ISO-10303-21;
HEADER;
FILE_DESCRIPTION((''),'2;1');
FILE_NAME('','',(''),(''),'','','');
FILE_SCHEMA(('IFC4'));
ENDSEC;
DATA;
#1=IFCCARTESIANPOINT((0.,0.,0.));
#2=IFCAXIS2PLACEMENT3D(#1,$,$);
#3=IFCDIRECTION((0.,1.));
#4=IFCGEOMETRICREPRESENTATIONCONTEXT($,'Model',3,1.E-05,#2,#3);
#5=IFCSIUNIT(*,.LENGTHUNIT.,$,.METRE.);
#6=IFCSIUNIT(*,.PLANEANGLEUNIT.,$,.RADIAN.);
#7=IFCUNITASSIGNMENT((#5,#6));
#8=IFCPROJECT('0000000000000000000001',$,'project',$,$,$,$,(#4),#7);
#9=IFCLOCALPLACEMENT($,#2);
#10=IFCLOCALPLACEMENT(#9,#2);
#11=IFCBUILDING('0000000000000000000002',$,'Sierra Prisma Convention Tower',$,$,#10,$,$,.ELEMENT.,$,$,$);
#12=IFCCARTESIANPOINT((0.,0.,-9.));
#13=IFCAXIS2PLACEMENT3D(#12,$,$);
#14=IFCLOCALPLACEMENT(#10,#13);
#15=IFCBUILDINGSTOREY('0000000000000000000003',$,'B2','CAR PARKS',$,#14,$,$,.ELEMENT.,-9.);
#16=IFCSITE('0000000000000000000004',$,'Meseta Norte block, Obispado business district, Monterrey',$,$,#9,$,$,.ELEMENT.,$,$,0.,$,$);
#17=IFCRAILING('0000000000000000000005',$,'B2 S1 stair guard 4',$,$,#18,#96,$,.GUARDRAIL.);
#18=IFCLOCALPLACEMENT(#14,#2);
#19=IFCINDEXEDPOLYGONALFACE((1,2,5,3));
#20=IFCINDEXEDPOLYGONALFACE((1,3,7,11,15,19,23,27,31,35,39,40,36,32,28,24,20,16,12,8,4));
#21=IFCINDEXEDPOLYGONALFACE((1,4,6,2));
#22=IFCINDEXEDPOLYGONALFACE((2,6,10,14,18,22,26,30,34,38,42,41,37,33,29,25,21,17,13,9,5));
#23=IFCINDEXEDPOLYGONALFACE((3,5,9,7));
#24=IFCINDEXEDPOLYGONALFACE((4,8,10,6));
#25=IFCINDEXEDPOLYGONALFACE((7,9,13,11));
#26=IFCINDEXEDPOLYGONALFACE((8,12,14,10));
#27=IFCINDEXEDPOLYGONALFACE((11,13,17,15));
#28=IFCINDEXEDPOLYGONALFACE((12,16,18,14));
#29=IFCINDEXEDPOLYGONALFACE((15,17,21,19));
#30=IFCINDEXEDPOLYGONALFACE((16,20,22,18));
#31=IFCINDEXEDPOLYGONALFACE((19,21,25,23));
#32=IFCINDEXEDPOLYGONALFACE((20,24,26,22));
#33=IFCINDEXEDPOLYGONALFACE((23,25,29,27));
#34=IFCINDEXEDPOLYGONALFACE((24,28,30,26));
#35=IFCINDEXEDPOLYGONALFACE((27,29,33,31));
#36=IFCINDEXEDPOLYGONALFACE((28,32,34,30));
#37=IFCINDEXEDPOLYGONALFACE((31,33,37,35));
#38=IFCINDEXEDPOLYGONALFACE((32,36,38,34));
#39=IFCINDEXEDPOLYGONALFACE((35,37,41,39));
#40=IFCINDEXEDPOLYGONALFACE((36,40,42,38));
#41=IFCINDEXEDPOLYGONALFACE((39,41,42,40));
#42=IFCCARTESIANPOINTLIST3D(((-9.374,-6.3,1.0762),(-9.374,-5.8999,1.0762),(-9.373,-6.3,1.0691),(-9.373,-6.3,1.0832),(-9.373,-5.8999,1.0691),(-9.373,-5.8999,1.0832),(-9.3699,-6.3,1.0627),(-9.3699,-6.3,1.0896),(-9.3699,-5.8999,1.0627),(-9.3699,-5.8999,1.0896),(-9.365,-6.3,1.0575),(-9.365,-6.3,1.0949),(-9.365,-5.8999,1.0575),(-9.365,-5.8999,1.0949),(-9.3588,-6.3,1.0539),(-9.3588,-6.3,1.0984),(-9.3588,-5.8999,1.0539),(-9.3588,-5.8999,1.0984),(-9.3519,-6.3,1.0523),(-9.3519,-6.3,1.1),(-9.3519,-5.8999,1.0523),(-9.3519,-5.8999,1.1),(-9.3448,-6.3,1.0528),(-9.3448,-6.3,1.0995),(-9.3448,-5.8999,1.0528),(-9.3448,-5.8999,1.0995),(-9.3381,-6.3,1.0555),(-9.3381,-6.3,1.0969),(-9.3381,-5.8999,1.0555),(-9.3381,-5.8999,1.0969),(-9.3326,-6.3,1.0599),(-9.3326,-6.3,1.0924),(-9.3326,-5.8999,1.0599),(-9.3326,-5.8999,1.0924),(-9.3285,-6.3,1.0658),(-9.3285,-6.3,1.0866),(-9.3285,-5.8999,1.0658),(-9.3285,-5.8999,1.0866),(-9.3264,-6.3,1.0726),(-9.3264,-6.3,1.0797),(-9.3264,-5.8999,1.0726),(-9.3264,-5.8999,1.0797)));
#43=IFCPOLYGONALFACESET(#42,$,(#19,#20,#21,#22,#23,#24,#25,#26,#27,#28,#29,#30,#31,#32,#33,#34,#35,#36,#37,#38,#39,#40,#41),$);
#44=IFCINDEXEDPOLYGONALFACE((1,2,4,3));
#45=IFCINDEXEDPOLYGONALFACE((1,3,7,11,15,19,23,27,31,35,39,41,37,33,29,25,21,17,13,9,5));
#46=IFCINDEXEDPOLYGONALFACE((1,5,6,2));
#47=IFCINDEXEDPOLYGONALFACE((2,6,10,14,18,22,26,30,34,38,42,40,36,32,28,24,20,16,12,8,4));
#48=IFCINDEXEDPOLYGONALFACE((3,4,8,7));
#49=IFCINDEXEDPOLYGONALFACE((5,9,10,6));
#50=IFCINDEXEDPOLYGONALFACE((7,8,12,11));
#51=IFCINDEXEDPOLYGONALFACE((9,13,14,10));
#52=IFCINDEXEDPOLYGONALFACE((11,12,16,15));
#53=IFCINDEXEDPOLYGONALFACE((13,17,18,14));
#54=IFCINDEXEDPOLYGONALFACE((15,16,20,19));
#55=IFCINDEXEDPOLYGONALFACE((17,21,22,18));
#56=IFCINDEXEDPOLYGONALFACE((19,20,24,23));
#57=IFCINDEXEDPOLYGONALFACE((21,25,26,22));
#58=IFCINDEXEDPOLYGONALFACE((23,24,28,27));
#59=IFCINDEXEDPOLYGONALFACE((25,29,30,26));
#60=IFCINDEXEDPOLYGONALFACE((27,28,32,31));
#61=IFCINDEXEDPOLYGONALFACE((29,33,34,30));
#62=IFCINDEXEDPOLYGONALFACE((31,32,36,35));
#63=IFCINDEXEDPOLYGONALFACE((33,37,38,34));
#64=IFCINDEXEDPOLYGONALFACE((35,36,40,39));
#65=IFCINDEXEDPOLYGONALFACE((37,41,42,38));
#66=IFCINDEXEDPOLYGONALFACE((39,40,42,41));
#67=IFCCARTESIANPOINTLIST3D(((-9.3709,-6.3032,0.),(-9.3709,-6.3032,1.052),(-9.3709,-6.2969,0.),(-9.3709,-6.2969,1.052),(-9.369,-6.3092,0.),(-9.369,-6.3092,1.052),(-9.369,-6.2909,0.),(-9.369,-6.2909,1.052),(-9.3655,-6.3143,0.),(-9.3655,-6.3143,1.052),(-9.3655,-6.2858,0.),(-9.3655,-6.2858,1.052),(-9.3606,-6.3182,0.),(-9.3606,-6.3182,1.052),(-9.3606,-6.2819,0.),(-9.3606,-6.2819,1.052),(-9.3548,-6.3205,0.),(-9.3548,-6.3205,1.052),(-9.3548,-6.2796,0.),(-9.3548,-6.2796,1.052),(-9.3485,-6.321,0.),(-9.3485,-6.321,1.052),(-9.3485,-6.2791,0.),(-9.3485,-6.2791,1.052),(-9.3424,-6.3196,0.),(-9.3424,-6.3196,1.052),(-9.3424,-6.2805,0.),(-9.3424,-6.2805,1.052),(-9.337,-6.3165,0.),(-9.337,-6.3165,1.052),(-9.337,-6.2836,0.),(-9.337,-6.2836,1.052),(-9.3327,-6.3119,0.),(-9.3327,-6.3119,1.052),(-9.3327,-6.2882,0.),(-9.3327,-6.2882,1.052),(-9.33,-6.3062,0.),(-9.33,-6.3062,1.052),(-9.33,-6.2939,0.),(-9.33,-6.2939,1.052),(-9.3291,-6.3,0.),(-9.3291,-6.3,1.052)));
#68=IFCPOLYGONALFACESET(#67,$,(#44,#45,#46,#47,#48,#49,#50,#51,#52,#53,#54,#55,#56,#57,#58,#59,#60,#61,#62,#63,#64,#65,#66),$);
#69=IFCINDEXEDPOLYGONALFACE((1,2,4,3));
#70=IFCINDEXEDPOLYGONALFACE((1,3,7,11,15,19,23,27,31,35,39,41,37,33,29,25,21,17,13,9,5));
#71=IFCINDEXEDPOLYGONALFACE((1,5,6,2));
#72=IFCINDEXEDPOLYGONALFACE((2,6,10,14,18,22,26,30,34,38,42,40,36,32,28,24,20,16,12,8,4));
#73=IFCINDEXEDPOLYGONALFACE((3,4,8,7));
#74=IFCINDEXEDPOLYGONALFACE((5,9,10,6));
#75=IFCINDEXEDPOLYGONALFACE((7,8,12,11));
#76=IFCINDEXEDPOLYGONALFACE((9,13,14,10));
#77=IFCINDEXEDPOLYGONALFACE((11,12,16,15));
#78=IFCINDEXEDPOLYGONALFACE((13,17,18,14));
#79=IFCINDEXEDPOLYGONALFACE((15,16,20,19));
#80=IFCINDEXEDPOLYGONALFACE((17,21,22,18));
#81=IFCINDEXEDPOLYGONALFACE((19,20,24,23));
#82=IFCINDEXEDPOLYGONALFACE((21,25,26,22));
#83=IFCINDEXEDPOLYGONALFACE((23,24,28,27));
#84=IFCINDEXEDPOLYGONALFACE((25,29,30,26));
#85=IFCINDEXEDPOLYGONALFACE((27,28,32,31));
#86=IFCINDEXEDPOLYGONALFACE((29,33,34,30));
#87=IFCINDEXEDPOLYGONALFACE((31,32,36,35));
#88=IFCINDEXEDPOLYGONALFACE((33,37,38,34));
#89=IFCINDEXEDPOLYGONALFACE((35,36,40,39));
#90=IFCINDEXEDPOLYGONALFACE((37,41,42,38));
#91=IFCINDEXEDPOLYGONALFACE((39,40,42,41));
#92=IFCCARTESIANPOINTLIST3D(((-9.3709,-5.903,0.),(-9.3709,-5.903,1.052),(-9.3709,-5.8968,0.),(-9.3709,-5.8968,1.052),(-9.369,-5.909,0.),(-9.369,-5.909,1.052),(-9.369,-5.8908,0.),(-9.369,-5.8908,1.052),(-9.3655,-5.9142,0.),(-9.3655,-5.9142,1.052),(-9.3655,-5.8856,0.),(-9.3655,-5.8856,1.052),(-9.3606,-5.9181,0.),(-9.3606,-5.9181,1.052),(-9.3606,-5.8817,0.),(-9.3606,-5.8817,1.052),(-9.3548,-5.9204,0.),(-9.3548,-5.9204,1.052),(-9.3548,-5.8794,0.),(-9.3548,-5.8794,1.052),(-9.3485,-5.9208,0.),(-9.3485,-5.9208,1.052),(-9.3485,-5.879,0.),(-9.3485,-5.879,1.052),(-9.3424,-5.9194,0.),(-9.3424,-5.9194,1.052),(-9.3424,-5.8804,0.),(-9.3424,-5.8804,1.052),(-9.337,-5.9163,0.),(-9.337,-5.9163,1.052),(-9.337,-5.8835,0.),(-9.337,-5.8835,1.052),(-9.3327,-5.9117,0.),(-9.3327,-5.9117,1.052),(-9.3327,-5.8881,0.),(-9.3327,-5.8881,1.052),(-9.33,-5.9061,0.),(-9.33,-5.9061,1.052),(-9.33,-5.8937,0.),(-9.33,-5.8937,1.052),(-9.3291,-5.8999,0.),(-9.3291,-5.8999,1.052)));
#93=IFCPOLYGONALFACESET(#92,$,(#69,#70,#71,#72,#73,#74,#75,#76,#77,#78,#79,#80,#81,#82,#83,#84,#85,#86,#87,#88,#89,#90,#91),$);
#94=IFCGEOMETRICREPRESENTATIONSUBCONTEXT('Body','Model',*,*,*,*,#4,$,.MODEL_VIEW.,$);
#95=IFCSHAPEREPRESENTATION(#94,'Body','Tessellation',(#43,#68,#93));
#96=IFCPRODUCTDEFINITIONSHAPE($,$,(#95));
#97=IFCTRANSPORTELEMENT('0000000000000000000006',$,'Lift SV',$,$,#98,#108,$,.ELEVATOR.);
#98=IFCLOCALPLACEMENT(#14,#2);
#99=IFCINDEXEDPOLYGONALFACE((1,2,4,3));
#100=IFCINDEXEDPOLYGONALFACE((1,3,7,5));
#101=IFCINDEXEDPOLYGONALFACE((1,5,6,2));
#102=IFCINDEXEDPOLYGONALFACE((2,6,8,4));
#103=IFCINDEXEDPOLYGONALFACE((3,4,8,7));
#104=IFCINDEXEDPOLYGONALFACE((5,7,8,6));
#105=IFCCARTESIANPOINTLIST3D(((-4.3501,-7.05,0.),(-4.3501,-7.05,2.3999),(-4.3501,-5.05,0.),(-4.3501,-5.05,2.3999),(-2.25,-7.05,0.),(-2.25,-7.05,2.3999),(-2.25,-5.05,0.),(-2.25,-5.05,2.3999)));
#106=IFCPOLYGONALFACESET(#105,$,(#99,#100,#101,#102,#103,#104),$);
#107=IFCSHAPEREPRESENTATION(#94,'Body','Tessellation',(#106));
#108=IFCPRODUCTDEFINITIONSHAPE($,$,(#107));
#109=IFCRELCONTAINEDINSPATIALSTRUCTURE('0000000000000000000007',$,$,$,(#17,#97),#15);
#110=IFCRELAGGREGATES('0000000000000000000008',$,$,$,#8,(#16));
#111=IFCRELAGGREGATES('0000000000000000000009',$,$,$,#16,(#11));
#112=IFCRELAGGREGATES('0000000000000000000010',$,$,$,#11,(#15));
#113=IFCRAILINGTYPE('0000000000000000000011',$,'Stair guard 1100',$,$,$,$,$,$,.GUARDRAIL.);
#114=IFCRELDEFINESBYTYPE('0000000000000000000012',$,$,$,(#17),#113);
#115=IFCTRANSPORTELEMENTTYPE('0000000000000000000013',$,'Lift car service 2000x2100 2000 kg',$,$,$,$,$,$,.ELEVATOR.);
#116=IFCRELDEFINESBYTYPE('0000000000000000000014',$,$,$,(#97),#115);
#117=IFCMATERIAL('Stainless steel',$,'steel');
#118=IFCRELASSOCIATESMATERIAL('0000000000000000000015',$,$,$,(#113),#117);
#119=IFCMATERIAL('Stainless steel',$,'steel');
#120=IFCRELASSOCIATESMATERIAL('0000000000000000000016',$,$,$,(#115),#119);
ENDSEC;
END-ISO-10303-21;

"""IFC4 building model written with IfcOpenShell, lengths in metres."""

from ifc_helpers import new_model, si_unit, direction, frame, origin, origin_2d, place, context, subcontext, project, spatial, rectangle, circle, extrude, material, type_object, element, save


model = new_model("IFC4")

# Units and contexts
model_context = context("Model", 3, precision=1e-05, world=origin(), true_north=direction((0.0, 1.0)))
body_context = subcontext(model_context, "Body", "Model", "MODEL_VIEW")
ifc_project = project(units=[si_unit("LENGTHUNIT", "METRE"), si_unit("PLANEANGLEUNIT", "RADIAN")], contexts=[model_context])

# Site, building, storey
site_placement = place(None, origin())
site = spatial("IfcSite", under=ifc_project, at=site_placement, Name="Meseta Norte block, Obispado business district, Monterrey", CompositionType="ELEMENT", RefElevation=0.0)
building_placement = place(site_placement, origin())
building = spatial("IfcBuilding", under=site, at=building_placement, Name="Sierra Prisma Convention Tower", CompositionType="ELEMENT")
storey_placement = place(building_placement, frame((0.0, 0.0, -9.0)))
storey = spatial("IfcBuildingStorey", under=building, at=storey_placement, Name="B2", Description="CAR PARKS", CompositionType="ELEMENT", Elevation=-9.0)

# Railing
ifc_material_1 = material(Name="Stainless steel", Category="steel")
railing_type_1 = type_object("IfcRailingType", Name="Stair guard 1100", PredefinedType="GUARDRAIL", material=ifc_material_1)
railing_1_placement = place(storey_placement, frame((-9.3501, -6.3, 0.0)))
element("IfcRailing", 1, at=railing_1_placement, inside=storey, type_object=railing_type_1, Name="B2 S1 stair guard 4", PredefinedType="GUARDRAIL", context=body_context, shape_type="SweptSolid", body=[
    extrude(circle(Radius=0.0239, at=origin_2d()), frame((0.0, 0.0, 1.0762), z_axis=(0.0, 1.0, 0.0), x_axis=(-1.0, 0.0, 0.0)), (0.0, 0.0, 1.0), 0.4001),
    extrude(circle(Radius=0.021, at=origin_2d()), origin(), (0.0, 0.0, 1.0), 1.052),
    extrude(circle(Radius=0.021, at=origin_2d()), frame((0.0, 0.4001, 0.0)), (0.0, 0.0, 1.0), 1.052),
])

# Transport element
ifc_material_2 = material(Name="Stainless steel", Category="steel")
transport_element_type = type_object("IfcTransportElementType", Name="Lift car service 2000x2100 2000 kg", PredefinedType="ELEVATOR", material=ifc_material_2)
transport_element_placement = place(storey_placement, frame((-3.3, -6.05, 0.0), z_axis=(0.0, 0.0, 1.0), x_axis=(1.0, 0.0, 0.0)))
element("IfcTransportElement", 2, at=transport_element_placement, inside=storey, type_object=transport_element_type, Name="Lift SV", PredefinedType="ELEVATOR", context=body_context, shape_type="SweptSolid", body=[
    extrude(rectangle(XDim=2.1001, YDim=2.0, at=origin_2d()), origin(), (0.0, 0.0, 1.0), 2.3999),
])

save(model, "model.ifc")
